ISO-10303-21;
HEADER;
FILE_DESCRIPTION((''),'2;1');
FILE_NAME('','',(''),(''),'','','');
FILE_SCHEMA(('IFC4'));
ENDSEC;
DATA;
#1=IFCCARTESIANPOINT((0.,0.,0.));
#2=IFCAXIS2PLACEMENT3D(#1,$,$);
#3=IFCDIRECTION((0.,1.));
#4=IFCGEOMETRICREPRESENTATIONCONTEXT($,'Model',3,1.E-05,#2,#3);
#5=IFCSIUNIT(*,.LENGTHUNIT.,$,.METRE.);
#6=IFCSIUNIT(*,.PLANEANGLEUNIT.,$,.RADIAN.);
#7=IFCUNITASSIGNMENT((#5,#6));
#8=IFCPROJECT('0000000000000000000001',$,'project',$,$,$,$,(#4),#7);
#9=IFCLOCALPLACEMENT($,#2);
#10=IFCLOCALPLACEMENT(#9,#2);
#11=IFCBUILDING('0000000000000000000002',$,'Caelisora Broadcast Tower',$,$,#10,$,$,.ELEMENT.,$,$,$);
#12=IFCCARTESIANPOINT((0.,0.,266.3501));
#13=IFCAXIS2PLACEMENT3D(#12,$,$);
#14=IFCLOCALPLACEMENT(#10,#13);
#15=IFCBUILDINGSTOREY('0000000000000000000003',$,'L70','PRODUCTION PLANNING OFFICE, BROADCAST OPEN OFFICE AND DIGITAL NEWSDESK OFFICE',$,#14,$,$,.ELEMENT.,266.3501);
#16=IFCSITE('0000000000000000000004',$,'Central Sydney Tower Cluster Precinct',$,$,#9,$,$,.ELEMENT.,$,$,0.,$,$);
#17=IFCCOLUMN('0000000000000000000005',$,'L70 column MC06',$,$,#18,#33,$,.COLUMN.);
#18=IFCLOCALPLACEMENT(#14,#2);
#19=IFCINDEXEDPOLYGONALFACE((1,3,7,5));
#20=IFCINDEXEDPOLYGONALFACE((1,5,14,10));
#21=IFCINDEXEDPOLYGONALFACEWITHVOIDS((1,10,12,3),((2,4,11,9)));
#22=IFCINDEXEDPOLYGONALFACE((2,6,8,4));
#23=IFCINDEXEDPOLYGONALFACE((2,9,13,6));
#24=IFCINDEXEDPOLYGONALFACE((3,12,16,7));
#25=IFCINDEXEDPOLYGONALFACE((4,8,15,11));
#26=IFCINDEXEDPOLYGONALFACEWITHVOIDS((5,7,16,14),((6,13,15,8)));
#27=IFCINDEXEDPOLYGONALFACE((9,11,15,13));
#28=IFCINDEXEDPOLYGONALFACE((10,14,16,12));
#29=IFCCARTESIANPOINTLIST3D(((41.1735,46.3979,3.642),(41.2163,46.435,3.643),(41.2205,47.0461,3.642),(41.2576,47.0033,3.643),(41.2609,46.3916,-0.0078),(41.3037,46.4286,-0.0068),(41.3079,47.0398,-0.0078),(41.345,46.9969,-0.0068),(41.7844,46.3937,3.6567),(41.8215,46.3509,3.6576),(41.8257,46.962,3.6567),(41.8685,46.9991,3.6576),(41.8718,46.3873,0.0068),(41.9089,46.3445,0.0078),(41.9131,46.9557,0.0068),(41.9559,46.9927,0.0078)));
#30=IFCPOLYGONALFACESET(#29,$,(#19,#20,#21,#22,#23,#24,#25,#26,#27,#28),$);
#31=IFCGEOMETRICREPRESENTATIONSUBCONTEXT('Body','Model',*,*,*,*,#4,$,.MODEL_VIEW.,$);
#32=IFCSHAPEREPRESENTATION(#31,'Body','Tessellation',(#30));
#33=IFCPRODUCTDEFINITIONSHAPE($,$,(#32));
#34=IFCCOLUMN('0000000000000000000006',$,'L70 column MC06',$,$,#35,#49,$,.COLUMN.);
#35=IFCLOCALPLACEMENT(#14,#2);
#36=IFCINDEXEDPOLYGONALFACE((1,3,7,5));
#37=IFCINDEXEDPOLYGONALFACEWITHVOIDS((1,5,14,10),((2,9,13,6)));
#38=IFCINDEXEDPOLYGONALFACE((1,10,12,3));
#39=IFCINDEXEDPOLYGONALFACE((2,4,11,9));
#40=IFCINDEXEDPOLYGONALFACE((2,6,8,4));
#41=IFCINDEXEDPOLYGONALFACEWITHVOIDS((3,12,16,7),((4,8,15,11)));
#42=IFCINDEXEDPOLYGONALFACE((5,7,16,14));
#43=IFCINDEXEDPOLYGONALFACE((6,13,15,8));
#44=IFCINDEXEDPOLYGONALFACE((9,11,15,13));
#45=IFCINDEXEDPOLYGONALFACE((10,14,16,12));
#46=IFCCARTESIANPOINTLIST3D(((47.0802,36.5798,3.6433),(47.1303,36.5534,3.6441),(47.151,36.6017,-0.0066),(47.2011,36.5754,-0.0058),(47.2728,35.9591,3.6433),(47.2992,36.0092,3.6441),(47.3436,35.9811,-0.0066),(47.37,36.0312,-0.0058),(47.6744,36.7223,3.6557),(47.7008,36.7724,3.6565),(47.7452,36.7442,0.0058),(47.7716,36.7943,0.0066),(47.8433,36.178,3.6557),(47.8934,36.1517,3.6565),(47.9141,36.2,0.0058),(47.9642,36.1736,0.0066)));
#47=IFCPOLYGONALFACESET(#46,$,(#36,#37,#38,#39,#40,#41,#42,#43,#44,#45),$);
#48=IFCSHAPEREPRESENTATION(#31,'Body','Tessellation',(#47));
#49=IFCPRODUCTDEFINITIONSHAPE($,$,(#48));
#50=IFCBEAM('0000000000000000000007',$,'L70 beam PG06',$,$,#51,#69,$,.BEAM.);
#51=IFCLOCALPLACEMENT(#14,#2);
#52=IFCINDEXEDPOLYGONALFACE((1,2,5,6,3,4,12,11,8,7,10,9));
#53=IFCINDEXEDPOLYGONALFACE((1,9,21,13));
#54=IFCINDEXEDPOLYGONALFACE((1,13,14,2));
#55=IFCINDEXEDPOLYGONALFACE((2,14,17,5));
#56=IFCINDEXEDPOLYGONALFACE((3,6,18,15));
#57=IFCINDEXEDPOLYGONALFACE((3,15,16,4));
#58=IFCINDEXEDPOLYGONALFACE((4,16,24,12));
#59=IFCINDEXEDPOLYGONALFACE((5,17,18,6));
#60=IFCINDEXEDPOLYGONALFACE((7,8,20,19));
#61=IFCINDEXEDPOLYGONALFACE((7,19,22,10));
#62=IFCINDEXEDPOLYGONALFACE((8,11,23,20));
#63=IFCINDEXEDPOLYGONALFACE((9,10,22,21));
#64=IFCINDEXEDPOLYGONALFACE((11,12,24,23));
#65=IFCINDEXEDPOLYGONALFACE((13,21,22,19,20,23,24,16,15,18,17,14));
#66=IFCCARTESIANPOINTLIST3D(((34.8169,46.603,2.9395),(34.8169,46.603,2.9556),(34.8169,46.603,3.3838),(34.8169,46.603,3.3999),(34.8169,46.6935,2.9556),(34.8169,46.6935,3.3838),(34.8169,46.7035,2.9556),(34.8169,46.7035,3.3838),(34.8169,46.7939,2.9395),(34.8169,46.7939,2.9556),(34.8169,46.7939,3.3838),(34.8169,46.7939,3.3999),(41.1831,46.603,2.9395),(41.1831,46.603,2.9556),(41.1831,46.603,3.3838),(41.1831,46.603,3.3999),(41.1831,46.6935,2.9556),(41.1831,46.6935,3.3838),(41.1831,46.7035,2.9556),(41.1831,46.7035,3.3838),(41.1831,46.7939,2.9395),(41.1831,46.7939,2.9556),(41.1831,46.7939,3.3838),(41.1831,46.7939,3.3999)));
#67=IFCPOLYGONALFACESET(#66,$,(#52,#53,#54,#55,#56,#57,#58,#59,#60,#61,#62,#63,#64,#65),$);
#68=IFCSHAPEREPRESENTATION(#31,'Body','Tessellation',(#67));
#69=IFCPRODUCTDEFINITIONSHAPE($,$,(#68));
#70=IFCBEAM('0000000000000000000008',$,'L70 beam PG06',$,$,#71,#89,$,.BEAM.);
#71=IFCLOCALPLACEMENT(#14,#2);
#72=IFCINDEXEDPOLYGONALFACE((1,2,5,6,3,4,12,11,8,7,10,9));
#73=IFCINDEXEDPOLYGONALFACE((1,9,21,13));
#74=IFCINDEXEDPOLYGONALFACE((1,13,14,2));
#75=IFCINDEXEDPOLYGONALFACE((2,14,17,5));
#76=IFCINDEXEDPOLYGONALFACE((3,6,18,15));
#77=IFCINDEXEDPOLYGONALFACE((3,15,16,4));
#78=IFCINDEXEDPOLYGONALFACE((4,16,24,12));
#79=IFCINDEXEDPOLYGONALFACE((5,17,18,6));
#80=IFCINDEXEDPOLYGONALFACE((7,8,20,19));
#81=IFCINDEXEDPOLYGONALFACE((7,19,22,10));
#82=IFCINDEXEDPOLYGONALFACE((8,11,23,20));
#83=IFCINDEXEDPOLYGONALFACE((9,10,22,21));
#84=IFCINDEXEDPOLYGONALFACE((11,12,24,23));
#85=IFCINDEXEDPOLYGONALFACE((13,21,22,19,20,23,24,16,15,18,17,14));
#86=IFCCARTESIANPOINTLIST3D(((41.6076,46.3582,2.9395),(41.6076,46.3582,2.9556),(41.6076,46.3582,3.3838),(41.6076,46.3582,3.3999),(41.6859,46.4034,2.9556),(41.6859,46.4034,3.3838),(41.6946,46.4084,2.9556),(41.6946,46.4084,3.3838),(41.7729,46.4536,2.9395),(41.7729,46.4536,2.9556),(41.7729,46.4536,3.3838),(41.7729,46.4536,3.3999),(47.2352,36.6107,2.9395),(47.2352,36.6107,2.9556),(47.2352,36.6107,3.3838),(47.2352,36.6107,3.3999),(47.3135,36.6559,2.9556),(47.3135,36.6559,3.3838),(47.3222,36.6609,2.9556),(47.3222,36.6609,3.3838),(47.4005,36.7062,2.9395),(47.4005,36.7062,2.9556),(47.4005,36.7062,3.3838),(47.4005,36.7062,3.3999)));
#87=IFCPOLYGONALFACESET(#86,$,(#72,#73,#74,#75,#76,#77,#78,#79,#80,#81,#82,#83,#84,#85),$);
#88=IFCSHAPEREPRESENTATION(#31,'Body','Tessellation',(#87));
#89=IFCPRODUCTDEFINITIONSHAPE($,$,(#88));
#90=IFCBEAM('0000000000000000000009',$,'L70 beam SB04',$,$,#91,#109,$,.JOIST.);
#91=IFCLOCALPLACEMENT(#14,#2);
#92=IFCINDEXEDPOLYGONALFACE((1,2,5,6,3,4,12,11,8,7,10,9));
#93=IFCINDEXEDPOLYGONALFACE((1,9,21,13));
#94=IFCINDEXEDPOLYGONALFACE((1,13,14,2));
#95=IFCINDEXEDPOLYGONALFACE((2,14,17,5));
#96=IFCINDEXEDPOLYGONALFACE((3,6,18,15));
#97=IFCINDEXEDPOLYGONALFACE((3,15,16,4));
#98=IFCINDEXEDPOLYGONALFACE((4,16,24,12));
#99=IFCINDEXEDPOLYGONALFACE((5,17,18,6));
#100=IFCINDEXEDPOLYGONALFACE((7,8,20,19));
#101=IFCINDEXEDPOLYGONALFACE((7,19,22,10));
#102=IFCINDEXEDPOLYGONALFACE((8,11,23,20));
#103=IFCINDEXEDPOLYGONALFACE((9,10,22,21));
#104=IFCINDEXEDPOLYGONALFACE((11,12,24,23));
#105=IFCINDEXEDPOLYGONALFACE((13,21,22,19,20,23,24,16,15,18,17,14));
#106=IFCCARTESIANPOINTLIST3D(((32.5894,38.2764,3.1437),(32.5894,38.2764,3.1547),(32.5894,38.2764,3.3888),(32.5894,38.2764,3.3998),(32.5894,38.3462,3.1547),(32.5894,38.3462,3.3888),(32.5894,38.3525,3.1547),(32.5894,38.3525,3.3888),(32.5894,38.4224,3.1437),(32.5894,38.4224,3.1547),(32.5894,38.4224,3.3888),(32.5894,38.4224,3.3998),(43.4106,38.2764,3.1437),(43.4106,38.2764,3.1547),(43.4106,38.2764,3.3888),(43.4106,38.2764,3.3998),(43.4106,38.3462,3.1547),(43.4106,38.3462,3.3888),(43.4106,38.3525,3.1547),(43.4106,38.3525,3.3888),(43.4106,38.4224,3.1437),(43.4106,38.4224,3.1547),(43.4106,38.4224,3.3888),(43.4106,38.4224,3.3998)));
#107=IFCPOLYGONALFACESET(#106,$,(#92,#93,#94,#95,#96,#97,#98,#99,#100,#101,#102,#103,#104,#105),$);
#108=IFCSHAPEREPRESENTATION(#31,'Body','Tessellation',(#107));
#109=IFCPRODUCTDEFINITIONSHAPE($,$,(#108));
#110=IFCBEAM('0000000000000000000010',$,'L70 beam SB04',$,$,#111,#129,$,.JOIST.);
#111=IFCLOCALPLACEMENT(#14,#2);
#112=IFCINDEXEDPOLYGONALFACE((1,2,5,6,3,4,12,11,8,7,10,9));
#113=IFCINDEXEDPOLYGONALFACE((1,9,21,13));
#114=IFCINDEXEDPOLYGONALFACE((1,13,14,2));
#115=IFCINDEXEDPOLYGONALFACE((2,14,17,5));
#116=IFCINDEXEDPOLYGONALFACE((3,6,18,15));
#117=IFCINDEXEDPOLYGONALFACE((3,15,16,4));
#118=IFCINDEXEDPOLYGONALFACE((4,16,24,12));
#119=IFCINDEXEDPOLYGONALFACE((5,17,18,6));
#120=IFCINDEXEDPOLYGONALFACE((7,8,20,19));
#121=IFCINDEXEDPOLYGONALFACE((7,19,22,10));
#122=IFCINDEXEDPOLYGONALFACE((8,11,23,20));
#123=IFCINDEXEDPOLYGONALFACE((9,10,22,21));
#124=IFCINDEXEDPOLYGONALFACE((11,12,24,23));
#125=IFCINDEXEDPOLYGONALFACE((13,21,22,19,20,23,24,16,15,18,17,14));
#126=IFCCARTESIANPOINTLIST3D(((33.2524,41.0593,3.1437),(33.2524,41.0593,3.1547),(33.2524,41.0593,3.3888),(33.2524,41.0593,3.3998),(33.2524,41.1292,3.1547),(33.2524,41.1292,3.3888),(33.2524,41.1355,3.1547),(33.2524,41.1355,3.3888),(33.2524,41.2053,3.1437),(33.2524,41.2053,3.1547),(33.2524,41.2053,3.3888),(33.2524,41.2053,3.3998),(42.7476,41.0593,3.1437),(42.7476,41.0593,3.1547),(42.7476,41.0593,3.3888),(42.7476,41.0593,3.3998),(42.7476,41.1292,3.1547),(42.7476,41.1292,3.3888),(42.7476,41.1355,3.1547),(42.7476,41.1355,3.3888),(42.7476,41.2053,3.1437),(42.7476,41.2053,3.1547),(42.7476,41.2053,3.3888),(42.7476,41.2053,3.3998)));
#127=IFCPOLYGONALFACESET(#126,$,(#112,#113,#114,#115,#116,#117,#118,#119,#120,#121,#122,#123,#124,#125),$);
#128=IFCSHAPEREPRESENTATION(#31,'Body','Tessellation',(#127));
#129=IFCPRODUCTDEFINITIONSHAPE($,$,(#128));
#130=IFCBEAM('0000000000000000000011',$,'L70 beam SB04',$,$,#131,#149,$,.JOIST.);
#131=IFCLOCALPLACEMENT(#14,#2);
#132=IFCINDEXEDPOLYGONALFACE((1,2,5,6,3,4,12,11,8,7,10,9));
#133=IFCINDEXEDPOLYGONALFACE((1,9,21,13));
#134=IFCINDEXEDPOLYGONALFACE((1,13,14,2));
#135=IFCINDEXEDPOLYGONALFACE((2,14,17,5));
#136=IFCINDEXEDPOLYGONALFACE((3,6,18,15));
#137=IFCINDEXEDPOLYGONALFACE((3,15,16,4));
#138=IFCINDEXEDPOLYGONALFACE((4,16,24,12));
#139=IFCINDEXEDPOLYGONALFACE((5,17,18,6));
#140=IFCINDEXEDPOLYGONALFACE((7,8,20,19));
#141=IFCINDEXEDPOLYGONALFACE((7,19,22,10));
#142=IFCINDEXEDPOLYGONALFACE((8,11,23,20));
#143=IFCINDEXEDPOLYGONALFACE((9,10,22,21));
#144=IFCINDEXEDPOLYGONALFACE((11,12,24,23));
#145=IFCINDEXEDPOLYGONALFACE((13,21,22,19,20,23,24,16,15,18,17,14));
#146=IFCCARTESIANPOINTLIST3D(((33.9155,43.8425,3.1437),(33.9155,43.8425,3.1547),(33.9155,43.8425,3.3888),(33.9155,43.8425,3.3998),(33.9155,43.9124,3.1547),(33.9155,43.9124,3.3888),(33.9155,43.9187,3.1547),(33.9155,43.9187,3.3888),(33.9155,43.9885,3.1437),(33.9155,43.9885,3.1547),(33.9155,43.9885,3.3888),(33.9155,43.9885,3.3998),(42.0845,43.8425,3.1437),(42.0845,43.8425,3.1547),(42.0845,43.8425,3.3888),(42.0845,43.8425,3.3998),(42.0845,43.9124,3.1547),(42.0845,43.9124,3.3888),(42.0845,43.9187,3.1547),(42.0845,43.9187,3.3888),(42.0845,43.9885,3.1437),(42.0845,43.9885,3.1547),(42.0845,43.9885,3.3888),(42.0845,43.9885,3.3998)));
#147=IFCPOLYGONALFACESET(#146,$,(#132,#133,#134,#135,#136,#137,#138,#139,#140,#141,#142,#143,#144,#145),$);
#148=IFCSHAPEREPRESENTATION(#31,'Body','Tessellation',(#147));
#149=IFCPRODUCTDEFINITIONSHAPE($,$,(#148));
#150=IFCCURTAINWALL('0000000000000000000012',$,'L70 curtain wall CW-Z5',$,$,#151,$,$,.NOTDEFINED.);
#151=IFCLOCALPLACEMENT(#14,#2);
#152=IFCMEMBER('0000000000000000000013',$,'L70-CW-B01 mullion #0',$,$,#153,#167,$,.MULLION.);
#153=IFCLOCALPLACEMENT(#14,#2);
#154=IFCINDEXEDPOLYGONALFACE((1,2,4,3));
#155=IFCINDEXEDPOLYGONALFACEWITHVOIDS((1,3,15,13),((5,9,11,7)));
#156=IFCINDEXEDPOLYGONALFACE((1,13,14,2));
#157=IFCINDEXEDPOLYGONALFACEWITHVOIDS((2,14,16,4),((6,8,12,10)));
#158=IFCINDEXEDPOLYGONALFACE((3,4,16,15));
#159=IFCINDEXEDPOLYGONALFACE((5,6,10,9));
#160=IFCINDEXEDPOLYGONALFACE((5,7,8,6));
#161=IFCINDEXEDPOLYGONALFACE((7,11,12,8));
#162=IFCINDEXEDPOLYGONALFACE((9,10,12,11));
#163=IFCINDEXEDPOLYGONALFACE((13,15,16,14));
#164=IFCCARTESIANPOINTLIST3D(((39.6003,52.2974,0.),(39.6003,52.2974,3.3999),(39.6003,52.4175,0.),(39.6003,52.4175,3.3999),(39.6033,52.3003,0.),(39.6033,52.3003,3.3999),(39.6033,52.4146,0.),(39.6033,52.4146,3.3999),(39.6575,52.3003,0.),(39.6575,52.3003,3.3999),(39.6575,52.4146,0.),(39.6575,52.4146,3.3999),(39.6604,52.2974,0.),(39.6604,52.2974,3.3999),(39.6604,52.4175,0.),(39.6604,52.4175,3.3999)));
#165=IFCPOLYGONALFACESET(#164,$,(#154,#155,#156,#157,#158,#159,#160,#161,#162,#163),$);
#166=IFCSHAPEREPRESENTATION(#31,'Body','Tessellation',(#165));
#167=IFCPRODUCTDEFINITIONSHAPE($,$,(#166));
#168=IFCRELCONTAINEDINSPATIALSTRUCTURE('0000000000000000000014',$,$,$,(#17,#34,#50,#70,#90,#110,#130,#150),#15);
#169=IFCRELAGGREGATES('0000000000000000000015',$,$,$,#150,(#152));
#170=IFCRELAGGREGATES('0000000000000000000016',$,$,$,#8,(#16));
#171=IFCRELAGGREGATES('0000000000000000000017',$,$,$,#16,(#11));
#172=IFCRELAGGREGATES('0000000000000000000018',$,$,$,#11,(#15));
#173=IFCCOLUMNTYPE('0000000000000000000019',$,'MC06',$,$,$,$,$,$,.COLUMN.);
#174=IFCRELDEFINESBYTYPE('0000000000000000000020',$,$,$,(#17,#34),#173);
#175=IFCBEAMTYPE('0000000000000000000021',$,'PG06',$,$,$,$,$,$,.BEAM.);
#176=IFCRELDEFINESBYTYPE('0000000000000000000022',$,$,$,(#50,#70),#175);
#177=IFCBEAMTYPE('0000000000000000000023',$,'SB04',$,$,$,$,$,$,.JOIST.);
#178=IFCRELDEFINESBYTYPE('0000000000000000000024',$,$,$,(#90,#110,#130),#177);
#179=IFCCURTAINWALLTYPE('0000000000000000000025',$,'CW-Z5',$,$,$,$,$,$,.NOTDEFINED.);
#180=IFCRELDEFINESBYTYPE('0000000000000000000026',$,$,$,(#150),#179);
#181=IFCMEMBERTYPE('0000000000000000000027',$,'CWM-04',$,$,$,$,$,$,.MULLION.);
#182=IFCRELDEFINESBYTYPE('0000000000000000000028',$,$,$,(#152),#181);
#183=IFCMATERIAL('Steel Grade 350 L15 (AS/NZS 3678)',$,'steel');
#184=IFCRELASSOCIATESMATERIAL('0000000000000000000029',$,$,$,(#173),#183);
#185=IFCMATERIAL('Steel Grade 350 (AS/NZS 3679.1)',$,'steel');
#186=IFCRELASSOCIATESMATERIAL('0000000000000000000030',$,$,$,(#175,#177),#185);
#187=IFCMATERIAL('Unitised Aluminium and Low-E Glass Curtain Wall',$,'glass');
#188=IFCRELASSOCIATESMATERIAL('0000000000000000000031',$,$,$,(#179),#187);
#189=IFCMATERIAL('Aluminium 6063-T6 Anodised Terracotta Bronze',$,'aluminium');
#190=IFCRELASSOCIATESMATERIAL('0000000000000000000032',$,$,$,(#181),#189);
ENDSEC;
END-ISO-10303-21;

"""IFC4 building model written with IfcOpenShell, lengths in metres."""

from ifc_helpers import new_model, si_unit, direction, frame, origin, origin_2d, place, context, subcontext, project, spatial, hollow_rectangle, i_section, extrude, source, transform, mapped, material, material_profile, profile_set, type_object, type_shapes, element, aggregate, save


model = new_model("IFC4")

# Units and contexts
model_context = context("Model", 3, precision=1e-05, world=origin(), true_north=direction((0.0, 1.0)))
body_context = subcontext(model_context, "Body", "Model", "MODEL_VIEW")
ifc_project = project(units=[si_unit("LENGTHUNIT", "METRE"), si_unit("PLANEANGLEUNIT", "RADIAN")], contexts=[model_context])

# Site, building, storey
site_placement = place(None, origin())
site = spatial("IfcSite", under=ifc_project, at=site_placement, Name="Central Sydney Tower Cluster Precinct", CompositionType="ELEMENT", RefElevation=0.0)
building_placement = place(site_placement, origin())
building = spatial("IfcBuilding", under=site, at=building_placement, Name="Caelisora Broadcast Tower", CompositionType="ELEMENT")
storey_placement = place(building_placement, frame((0.0, 0.0, 266.3501)))
storey = spatial("IfcBuildingStorey", under=building, at=storey_placement, Name="L70", Description="PRODUCTION PLANNING OFFICE, BROADCAST OPEN OFFICE AND DIGITAL NEWSDESK OFFICE", CompositionType="ELEMENT", Elevation=266.3501)

# Columns
ifc_material_1 = material(Name="Steel Grade 350 L15 (AS/NZS 3678)", Category="steel")
ifc_material_profile_1 = material_profile(ifc_material_1, hollow_rectangle(XDim=0.6499, YDim=0.6499, WallThickness=0.04, at=origin_2d()), Name="Steel Grade 350 L15 (AS/NZS 3678)")
ifc_profile_set_1 = profile_set([ifc_material_profile_1], Name="Steel Grade 350 L15 (AS/NZS 3678)")
column_type = type_object("IfcColumnType", Name="MC06", PredefinedType="COLUMN", material=ifc_profile_set_1)
shared_shape_1 = source(origin(), body_context, "Body", "SweptSolid", [
    extrude(hollow_rectangle(XDim=0.6499, YDim=0.6499, WallThickness=0.04, at=origin_2d()), origin(), (0.0, 0.0, 1.0), 3.6509),
])
column_1_placement = place(storey_placement, frame((41.6084, 46.6921, 0.0), z_axis=(-0.02394, 0.001739, 0.999712), x_axis=(-0.072435, -0.997373, 0.0)))
element("IfcColumn", 1, at=column_1_placement, inside=storey, type_object=column_type, Name="L70 column MC06", PredefinedType="COLUMN", context=body_context, shape_type="MappedRepresentation", body=[
    mapped(shared_shape_1, transform((0.0, 0.0, 0.0), scale=1.0)),
])
shared_shape_2 = source(origin(), body_context, "Body", "SweptSolid", [
    extrude(hollow_rectangle(XDim=0.6499, YDim=0.6499, WallThickness=0.04, at=origin_2d()), origin(), (0.0, 0.0, 1.0), 3.6506),
])
type_shapes(column_type, [shared_shape_1, shared_shape_2])
column_2_placement = place(storey_placement, frame((47.5576, 36.3877, 0.0), z_axis=(-0.019394, -0.006019, 0.999794), x_axis=(0.296399, -0.955064, 0.0)))
element("IfcColumn", 2, at=column_2_placement, inside=storey, type_object=column_type, Name="L70 column MC06", PredefinedType="COLUMN", context=body_context, shape_type="MappedRepresentation", body=[
    mapped(shared_shape_2, transform((0.0, 0.0, 0.0), scale=1.0)),
])

# Beams
ifc_material_2 = material(Name="Steel Grade 350 (AS/NZS 3679.1)", Category="steel")
ifc_material_profile_2 = material_profile(ifc_material_2, i_section(OverallWidth=0.1909, OverallDepth=0.4604, WebThickness=0.01, FlangeThickness=0.0161, at=origin_2d()), Name="Steel Grade 350 (AS/NZS 3679.1)")
ifc_profile_set_2 = profile_set([ifc_material_profile_2], Name="Steel Grade 350 (AS/NZS 3679.1)")
beam_type_1 = type_object("IfcBeamType", Name="PG06", PredefinedType="BEAM", material=ifc_profile_set_2)
shared_shape_3 = source(origin(), body_context, "Body", "SweptSolid", [
    extrude(i_section(OverallWidth=0.1909, OverallDepth=0.4604, WebThickness=0.01, FlangeThickness=0.0161, at=origin_2d()), origin(), (0.0, 0.0, 1.0), 6.3662),
])
beam_1_placement = place(storey_placement, frame((41.1831, 46.6985, 3.1697), z_axis=(-1.0, 0.0, 0.0), x_axis=(0.0, -1.0, 0.0)))
element("IfcBeam", 3, at=beam_1_placement, inside=storey, type_object=beam_type_1, Name="L70 beam PG06", PredefinedType="BEAM", context=body_context, shape_type="MappedRepresentation", body=[
    mapped(shared_shape_3, transform((0.0, 0.0, 0.0), scale=1.0)),
])
shared_shape_4 = source(origin(), body_context, "Body", "SweptSolid", [
    extrude(i_section(OverallWidth=0.1909, OverallDepth=0.4604, WebThickness=0.01, FlangeThickness=0.0161, at=origin_2d()), origin(), (0.0, 0.0, 1.0), 11.2554),
])
type_shapes(beam_type_1, [shared_shape_3, shared_shape_4])
beam_2_placement = place(storey_placement, frame((47.3179, 36.6584, 3.1697), z_axis=(-0.499995, 0.866028, 0.0), x_axis=(-0.866028, -0.499995, 0.0)))
element("IfcBeam", 4, at=beam_2_placement, inside=storey, type_object=beam_type_1, Name="L70 beam PG06", PredefinedType="BEAM", context=body_context, shape_type="MappedRepresentation", body=[
    mapped(shared_shape_4, transform((0.0, 0.0, 0.0), scale=1.0)),
])
ifc_material_profile_3 = material_profile(ifc_material_2, i_section(OverallWidth=0.146, OverallDepth=0.2561, WebThickness=0.0063, FlangeThickness=0.011, at=origin_2d()), Name="Steel Grade 350 (AS/NZS 3679.1)")
ifc_profile_set_3 = profile_set([ifc_material_profile_3], Name="Steel Grade 350 (AS/NZS 3679.1)")
beam_type_2 = type_object("IfcBeamType", Name="SB04", PredefinedType="JOIST", material=ifc_profile_set_3)
shared_shape_5 = source(origin(), body_context, "Body", "SweptSolid", [
    extrude(i_section(OverallWidth=0.146, OverallDepth=0.2561, WebThickness=0.0063, FlangeThickness=0.011, at=origin_2d()), origin(), (0.0, 0.0, 1.0), 10.8213),
])
beam_3_placement = place(storey_placement, frame((43.4106, 38.3494, 3.2717), z_axis=(-1.0, 0.0, 0.0), x_axis=(0.0, -1.0, 0.0)))
element("IfcBeam", 5, at=beam_3_placement, inside=storey, type_object=beam_type_2, Name="L70 beam SB04", PredefinedType="JOIST", context=body_context, shape_type="MappedRepresentation", body=[
    mapped(shared_shape_5, transform((0.0, 0.0, 0.0), scale=1.0)),
])
shared_shape_6 = source(origin(), body_context, "Body", "SweptSolid", [
    extrude(i_section(OverallWidth=0.146, OverallDepth=0.2561, WebThickness=0.0063, FlangeThickness=0.011, at=origin_2d()), origin(), (0.0, 0.0, 1.0), 9.4951),
])
beam_4_placement = place(storey_placement, frame((42.7476, 41.1323, 3.2717), z_axis=(-1.0, 0.0, 0.0), x_axis=(0.0, -1.0, 0.0)))
element("IfcBeam", 6, at=beam_4_placement, inside=storey, type_object=beam_type_2, Name="L70 beam SB04", PredefinedType="JOIST", context=body_context, shape_type="MappedRepresentation", body=[
    mapped(shared_shape_6, transform((0.0, 0.0, 0.0), scale=1.0)),
])
shared_shape_7 = source(origin(), body_context, "Body", "SweptSolid", [
    extrude(i_section(OverallWidth=0.146, OverallDepth=0.2561, WebThickness=0.0063, FlangeThickness=0.011, at=origin_2d()), origin(), (0.0, 0.0, 1.0), 8.1689),
])
type_shapes(beam_type_2, [shared_shape_5, shared_shape_6, shared_shape_7])
beam_5_placement = place(storey_placement, frame((42.0845, 43.9155, 3.2717), z_axis=(-1.0, 0.0, 0.0), x_axis=(0.0, -1.0, 0.0)))
element("IfcBeam", 7, at=beam_5_placement, inside=storey, type_object=beam_type_2, Name="L70 beam SB04", PredefinedType="JOIST", context=body_context, shape_type="MappedRepresentation", body=[
    mapped(shared_shape_7, transform((0.0, 0.0, 0.0), scale=1.0)),
])

# Curtain wall, member
ifc_material_3 = material(Name="Unitised Aluminium and Low-E Glass Curtain Wall", Category="glass")
curtain_wall_type_1 = type_object("IfcCurtainWallType", Name="CW-Z5", PredefinedType="NOTDEFINED", material=ifc_material_3)
curtain_wall_1_placement = place(storey_placement, origin())
curtain_wall_1 = element("IfcCurtainWall", 8, at=curtain_wall_1_placement, inside=storey, type_object=curtain_wall_type_1, Name="L70 curtain wall CW-Z5", PredefinedType="NOTDEFINED")
ifc_material_4 = material(Name="Aluminium 6063-T6 Anodised Terracotta Bronze", Category="aluminium")
ifc_material_profile_4 = material_profile(ifc_material_4, hollow_rectangle(XDim=0.0601, YDim=0.1201, WallThickness=0.0029, at=origin_2d()), Name="Aluminium 6063-T6 Anodised Terracotta Bronze")
ifc_profile_set_4 = profile_set([ifc_material_profile_4], Name="Aluminium 6063-T6 Anodised Terracotta Bronze")
member_type_1 = type_object("IfcMemberType", Name="CWM-04", PredefinedType="MULLION", material=ifc_profile_set_4)
shared_shape_8 = source(origin(), body_context, "Body", "SweptSolid", [
    extrude(hollow_rectangle(XDim=0.0601, YDim=0.1201, WallThickness=0.0029, at=origin_2d()), origin(), (0.0, 0.0, 1.0), 3.3999),
])
type_shapes(member_type_1, [shared_shape_8])
member_1_placement = place(storey_placement, frame((39.6304, 52.3574, 0.0), z_axis=(0.0, 0.0, 1.0), x_axis=(1.0, 0.0, 0.0)))
member_1 = element("IfcMember", 9, at=member_1_placement, type_object=member_type_1, Name="L70-CW-B01 mullion #0", PredefinedType="MULLION", context=body_context, shape_type="MappedRepresentation", body=[
    mapped(shared_shape_8, transform((0.0, 0.0, 0.0), scale=1.0)),
])

aggregate(curtain_wall_1, [member_1])

save(model, "model.ifc")
